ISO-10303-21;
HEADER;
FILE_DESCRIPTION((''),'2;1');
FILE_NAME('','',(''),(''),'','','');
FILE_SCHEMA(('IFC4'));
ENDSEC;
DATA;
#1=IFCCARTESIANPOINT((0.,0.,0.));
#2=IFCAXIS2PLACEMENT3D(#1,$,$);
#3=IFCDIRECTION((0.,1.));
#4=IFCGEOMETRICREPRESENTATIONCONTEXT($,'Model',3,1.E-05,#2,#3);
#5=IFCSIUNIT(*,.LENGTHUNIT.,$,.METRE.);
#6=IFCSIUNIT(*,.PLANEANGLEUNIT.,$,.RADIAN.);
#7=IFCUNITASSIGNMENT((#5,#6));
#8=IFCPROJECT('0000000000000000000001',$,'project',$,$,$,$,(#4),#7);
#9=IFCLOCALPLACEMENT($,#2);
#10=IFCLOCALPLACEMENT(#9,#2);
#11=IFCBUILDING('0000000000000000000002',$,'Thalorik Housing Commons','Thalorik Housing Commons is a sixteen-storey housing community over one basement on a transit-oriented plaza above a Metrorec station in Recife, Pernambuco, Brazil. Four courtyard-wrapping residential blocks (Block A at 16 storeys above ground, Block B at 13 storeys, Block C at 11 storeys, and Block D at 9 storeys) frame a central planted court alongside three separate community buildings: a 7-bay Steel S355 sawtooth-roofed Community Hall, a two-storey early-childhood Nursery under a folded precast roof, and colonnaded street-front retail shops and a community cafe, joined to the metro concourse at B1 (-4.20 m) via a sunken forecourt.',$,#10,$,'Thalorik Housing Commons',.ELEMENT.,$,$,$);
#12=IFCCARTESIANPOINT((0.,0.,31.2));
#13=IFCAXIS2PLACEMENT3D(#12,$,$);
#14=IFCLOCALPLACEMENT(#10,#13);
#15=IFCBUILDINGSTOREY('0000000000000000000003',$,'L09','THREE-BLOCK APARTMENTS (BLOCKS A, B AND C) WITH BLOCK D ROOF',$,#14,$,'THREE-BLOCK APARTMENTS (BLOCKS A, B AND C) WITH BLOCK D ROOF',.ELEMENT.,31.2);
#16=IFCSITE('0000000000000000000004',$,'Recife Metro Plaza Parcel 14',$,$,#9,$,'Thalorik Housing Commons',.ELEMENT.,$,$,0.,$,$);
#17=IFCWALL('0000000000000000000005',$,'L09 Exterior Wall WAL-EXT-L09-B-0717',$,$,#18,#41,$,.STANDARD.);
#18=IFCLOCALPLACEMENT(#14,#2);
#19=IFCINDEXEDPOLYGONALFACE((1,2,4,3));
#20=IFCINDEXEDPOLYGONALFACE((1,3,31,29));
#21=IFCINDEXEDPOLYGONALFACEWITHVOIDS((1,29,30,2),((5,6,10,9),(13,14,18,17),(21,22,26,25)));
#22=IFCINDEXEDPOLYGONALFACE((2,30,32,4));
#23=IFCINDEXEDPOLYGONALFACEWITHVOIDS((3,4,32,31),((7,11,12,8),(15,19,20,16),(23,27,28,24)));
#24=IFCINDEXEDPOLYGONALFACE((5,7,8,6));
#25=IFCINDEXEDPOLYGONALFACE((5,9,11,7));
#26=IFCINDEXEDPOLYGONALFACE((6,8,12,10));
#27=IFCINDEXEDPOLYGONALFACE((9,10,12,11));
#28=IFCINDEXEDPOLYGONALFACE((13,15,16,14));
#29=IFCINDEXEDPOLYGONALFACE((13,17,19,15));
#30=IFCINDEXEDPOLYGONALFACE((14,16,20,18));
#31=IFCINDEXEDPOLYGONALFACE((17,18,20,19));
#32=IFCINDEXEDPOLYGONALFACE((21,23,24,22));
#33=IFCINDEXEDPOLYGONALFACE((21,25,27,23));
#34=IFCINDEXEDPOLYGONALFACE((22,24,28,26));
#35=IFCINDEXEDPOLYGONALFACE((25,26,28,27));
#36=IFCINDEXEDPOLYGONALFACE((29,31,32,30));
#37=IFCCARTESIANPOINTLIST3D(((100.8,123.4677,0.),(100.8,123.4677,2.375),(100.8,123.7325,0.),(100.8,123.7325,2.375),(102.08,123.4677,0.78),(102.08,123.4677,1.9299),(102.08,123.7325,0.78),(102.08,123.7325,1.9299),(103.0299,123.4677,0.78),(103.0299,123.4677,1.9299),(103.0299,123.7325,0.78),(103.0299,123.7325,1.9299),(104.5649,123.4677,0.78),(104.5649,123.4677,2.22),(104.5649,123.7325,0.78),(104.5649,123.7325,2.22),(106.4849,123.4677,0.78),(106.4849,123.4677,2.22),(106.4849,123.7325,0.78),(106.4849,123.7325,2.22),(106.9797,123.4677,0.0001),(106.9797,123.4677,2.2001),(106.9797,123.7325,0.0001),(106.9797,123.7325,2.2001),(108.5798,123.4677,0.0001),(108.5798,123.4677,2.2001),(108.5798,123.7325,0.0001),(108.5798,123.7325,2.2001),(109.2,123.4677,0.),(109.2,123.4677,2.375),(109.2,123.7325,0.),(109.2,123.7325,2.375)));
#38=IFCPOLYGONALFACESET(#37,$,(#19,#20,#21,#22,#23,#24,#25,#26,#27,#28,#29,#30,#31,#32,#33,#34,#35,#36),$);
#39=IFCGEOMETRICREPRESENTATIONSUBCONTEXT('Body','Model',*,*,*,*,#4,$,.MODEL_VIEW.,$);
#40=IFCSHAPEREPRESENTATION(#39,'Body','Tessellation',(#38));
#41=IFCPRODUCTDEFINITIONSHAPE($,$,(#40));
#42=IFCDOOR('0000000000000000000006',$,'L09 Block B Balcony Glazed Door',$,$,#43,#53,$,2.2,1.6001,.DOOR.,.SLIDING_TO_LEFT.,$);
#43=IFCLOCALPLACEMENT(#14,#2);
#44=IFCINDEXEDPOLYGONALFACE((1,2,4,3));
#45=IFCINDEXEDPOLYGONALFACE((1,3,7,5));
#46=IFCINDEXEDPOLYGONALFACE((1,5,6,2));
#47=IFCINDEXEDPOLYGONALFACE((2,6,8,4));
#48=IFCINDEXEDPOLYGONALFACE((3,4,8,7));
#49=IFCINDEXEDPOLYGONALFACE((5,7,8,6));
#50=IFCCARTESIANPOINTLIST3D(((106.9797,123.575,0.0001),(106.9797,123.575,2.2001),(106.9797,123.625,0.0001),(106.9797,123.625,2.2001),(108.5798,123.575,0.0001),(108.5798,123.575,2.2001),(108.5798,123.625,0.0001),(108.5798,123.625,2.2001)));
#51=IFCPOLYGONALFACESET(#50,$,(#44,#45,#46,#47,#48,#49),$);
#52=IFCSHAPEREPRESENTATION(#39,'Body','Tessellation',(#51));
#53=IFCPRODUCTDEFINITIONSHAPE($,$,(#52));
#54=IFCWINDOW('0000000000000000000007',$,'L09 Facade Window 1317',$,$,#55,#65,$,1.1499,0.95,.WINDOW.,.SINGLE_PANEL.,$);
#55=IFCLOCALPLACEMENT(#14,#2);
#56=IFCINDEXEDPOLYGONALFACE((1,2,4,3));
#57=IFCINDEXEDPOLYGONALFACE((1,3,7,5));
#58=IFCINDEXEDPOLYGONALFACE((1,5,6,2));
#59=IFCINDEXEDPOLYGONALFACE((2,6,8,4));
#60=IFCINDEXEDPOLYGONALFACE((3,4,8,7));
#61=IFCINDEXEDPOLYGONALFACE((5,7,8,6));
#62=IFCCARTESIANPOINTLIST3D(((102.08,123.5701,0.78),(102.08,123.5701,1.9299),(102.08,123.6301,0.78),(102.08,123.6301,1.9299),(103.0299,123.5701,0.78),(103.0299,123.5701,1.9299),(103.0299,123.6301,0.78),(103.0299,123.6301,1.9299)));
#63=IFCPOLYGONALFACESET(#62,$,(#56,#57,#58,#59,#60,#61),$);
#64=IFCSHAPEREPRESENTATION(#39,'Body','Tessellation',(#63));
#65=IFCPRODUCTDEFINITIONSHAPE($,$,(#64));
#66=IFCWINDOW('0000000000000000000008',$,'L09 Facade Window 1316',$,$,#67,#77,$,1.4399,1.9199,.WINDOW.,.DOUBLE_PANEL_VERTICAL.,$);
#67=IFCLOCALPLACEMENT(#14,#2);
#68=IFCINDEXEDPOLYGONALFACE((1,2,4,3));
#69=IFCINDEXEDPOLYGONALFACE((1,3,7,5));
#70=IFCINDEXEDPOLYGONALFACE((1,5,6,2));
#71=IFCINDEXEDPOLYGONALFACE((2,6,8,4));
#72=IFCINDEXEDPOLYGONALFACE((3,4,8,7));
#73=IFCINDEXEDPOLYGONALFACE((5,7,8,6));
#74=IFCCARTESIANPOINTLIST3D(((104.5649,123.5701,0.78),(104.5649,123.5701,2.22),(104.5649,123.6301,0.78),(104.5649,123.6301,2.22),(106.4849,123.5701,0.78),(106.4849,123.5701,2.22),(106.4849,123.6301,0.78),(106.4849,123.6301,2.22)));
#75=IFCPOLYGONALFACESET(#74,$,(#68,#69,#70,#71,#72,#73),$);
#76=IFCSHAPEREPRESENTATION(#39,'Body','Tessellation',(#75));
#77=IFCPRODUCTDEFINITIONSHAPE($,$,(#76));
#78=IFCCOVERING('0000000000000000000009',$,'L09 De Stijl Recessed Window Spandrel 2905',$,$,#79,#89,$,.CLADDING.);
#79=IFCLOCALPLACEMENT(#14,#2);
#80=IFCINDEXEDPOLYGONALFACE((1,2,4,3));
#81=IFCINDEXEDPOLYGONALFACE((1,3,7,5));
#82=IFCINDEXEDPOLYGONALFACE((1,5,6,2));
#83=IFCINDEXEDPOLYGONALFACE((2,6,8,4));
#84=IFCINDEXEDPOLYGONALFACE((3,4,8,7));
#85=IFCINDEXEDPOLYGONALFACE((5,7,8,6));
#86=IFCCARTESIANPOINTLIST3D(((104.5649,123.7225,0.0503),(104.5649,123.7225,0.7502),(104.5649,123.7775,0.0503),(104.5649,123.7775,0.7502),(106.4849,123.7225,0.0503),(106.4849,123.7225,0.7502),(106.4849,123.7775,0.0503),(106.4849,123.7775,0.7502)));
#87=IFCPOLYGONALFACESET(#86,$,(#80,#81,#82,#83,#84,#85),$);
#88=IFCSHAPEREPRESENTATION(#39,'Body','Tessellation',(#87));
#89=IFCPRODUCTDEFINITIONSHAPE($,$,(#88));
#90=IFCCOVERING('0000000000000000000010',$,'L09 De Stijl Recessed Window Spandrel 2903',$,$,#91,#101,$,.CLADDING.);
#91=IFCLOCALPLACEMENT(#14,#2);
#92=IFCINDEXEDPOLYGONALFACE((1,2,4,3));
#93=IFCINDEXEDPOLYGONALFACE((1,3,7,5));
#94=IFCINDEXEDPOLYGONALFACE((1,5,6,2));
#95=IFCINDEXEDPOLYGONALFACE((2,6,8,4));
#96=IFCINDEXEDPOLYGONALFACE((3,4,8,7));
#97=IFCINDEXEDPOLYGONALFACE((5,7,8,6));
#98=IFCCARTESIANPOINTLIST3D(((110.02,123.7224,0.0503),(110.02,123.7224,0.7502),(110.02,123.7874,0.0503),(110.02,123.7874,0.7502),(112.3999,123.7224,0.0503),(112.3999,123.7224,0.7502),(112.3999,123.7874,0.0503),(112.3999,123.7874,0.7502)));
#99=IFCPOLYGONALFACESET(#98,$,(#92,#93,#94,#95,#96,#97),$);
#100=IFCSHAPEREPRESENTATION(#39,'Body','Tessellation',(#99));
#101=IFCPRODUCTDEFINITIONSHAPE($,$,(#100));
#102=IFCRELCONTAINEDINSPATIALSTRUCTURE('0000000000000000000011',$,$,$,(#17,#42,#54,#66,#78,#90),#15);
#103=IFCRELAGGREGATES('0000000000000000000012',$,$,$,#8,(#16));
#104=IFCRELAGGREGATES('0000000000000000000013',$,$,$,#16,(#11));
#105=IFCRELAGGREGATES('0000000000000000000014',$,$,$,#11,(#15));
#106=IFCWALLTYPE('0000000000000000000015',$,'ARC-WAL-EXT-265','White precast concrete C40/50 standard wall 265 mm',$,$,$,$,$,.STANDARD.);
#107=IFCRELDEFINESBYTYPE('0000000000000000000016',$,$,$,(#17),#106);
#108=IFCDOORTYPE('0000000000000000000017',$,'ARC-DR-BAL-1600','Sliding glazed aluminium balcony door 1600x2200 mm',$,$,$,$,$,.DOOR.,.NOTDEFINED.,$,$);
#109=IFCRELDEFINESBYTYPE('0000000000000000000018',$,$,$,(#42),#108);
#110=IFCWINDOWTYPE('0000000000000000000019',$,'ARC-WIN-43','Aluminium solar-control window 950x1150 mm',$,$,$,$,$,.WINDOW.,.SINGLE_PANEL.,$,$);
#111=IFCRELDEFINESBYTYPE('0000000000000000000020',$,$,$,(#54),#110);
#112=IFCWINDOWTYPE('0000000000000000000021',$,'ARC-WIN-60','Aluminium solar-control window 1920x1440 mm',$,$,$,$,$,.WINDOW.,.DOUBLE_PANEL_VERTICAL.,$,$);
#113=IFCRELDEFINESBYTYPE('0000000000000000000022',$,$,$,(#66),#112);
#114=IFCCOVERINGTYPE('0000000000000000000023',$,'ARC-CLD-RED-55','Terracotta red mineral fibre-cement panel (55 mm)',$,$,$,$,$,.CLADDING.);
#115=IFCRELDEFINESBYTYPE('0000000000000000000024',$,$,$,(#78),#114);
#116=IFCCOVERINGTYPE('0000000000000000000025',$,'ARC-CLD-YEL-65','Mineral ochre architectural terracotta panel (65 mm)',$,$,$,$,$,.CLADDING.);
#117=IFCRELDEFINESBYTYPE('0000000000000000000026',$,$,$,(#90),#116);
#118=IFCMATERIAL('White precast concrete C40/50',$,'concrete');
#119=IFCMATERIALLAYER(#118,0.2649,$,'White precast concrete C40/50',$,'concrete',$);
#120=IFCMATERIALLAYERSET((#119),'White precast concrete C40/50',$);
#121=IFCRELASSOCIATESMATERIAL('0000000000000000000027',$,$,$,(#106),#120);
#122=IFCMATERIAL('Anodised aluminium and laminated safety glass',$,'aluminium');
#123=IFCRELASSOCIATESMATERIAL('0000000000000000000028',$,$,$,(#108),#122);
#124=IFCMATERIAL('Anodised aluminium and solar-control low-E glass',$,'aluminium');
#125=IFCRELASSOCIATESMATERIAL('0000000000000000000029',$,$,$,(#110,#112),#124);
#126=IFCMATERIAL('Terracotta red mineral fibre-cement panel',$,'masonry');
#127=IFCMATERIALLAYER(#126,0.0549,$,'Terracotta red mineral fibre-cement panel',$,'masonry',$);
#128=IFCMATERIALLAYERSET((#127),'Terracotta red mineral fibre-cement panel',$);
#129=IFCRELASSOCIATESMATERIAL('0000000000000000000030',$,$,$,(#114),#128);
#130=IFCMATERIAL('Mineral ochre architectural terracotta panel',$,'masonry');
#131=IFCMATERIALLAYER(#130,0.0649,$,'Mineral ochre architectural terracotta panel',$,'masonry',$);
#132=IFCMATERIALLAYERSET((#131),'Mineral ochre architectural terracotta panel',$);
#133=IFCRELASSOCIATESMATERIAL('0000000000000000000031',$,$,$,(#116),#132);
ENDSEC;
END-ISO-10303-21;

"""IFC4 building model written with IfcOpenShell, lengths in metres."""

from ifc_helpers import new_model, si_unit, direction, frame, frame_2d, origin, origin_2d, place, context, subcontext, project, spatial, rectangle, extrude, material, layer, layer_set, type_object, element, fill, save


model = new_model("IFC4")

# Units and contexts
model_context = context("Model", 3, precision=1e-05, world=origin(), true_north=direction((0.0, 1.0)))
body_context = subcontext(model_context, "Body", "Model", "MODEL_VIEW")
ifc_project = project(units=[si_unit("LENGTHUNIT", "METRE"), si_unit("PLANEANGLEUNIT", "RADIAN")], contexts=[model_context])

# Site, building, storey
site_placement = place(None, origin())
site = spatial("IfcSite", under=ifc_project, at=site_placement, Name="Recife Metro Plaza Parcel 14", LongName="Thalorik Housing Commons", CompositionType="ELEMENT", RefElevation=0.0)
building_placement = place(site_placement, origin())
building = spatial("IfcBuilding", under=site, at=building_placement, Name="Thalorik Housing Commons", Description="Thalorik Housing Commons is a sixteen-storey housing community over one basement on a transit-oriented plaza above a Metrorec station in Recife, Pernambuco, Brazil. Four courtyard-wrapping residential blocks (Block A at 16 storeys above ground, Block B at 13 storeys, Block C at 11 storeys, and Block D at 9 storeys) frame a central planted court alongside three separate community buildings: a 7-bay Steel S355 sawtooth-roofed Community Hall, a two-storey early-childhood Nursery under a folded precast roof, and colonnaded street-front retail shops and a community cafe, joined to the metro concourse at B1 (-4.20 m) via a sunken forecourt.", LongName="Thalorik Housing Commons", CompositionType="ELEMENT")
storey_placement = place(building_placement, frame((0.0, 0.0, 31.2)))
storey = spatial("IfcBuildingStorey", under=building, at=storey_placement, Name="L09", Description="THREE-BLOCK APARTMENTS (BLOCKS A, B AND C) WITH BLOCK D ROOF", LongName="THREE-BLOCK APARTMENTS (BLOCKS A, B AND C) WITH BLOCK D ROOF", CompositionType="ELEMENT", Elevation=31.2)

# Shared definitions
ifc_material_1 = material(Name="White precast concrete C40/50", Category="concrete")
ifc_layer_1 = layer(ifc_material_1, 0.2649, Name="White precast concrete C40/50", Category="concrete")
ifc_layer_set_1 = layer_set([ifc_layer_1], Name="White precast concrete C40/50")
wall_type = type_object("IfcWallType", Name="ARC-WAL-EXT-265", Description="White precast concrete C40/50 standard wall 265 mm", PredefinedType="STANDARD", material=ifc_layer_set_1)
ifc_material_2 = material(Name="Anodised aluminium and laminated safety glass", Category="aluminium")
ifc_material_3 = material(Name="Anodised aluminium and solar-control low-E glass", Category="aluminium")

# Wall, openings, door, windows
wall_1_placement = place(storey_placement, frame((109.2, 123.6001, 0.0), z_axis=(0.0, 0.0, 1.0), x_axis=(-1.0, 0.0, 0.0)))
wall_1 = element("IfcWall", 1, at=wall_1_placement, inside=storey, type_object=wall_type, Name="L09 Exterior Wall WAL-EXT-L09-B-0717", PredefinedType="STANDARD", context=body_context, shape_type="SweptSolid", body=[
    extrude(rectangle(XDim=8.3999, YDim=0.2649, at=frame_2d((4.2, 0.0))), origin(), (0.0, 0.0, 1.0), 2.375),
])
opening_1_placement = place(wall_1_placement, frame((0.6201, 0.0, 0.0)))
opening_1 = element("IfcOpeningElement", 2, at=opening_1_placement, cuts=wall_1, PredefinedType="OPENING", context=body_context, shape_type="SweptSolid", body=[
    extrude(rectangle(XDim=1.6001, YDim=2.2, at=frame_2d((0.8, 1.1001))), frame((0.0, 0.1426, 0.0), z_axis=(0.0, -1.0, 0.0), x_axis=(1.0, 0.0, 0.0)), (0.0, 0.0, 1.0), 0.2849),
])
opening_2_placement = place(wall_1_placement, frame((2.7151, 0.0, 0.78)))
opening_2 = element("IfcOpeningElement", 3, at=opening_2_placement, cuts=wall_1, PredefinedType="OPENING", context=body_context, shape_type="SweptSolid", body=[
    extrude(rectangle(XDim=1.9199, YDim=1.4399, at=frame_2d((0.96, 0.72))), frame((0.0, 0.1426, 0.0), z_axis=(0.0, -1.0, 0.0), x_axis=(1.0, 0.0, 0.0)), (0.0, 0.0, 1.0), 0.2849),
])
opening_3_placement = place(wall_1_placement, frame((6.1699, 0.0, 0.78)))
opening_3 = element("IfcOpeningElement", 4, at=opening_3_placement, cuts=wall_1, PredefinedType="OPENING", context=body_context, shape_type="SweptSolid", body=[
    extrude(rectangle(XDim=0.95, YDim=1.1499, at=frame_2d((0.4751, 0.575))), frame((0.0, 0.1426, 0.0), z_axis=(0.0, -1.0, 0.0), x_axis=(1.0, 0.0, 0.0)), (0.0, 0.0, 1.0), 0.2849),
])
door_type_1 = type_object("IfcDoorType", Name="ARC-DR-BAL-1600", Description="Sliding glazed aluminium balcony door 1600x2200 mm", OperationType="NOTDEFINED", PredefinedType="DOOR", material=ifc_material_2)
door_1_placement = place(opening_1_placement, frame((1.6001, 0.0, 0.0), z_axis=(0.0, 0.0, 1.0), x_axis=(-1.0, 0.0, 0.0)))
door_1 = element("IfcDoor", 5, at=door_1_placement, inside=storey, type_object=door_type_1, Name="L09 Block B Balcony Glazed Door", OperationType="SLIDING_TO_LEFT", OverallHeight=2.2, OverallWidth=1.6001, PredefinedType="DOOR", context=body_context, shape_type="SweptSolid", body=[
    extrude(rectangle(XDim=1.6001, YDim=2.2, at=frame_2d((0.8, 1.1001))), frame((0.0, 0.0249, 0.0), z_axis=(0.0, -1.0, 0.0), x_axis=(1.0, 0.0, 0.0)), (0.0, 0.0, 1.0), 0.05),
])
fill(opening_1, door_1)
window_type_1 = type_object("IfcWindowType", Name="ARC-WIN-43", Description="Aluminium solar-control window 950x1150 mm", PartitioningType="SINGLE_PANEL", PredefinedType="WINDOW", material=ifc_material_3)
window_1_placement = place(opening_3_placement, origin())
window_1 = element("IfcWindow", 6, at=window_1_placement, inside=storey, type_object=window_type_1, Name="L09 Facade Window 1317", OverallHeight=1.1499, OverallWidth=0.95, PartitioningType="SINGLE_PANEL", PredefinedType="WINDOW", context=body_context, shape_type="SweptSolid", body=[
    extrude(rectangle(XDim=0.95, YDim=1.1499, at=frame_2d((0.4751, 0.575))), frame((0.0, 0.03, 0.0), z_axis=(0.0, -1.0, 0.0), x_axis=(1.0, 0.0, 0.0)), (0.0, 0.0, 1.0), 0.0601),
])
fill(opening_3, window_1)
window_type_2 = type_object("IfcWindowType", Name="ARC-WIN-60", Description="Aluminium solar-control window 1920x1440 mm", PartitioningType="DOUBLE_PANEL_VERTICAL", PredefinedType="WINDOW", material=ifc_material_3)
window_2_placement = place(opening_2_placement, origin())
window_2 = element("IfcWindow", 7, at=window_2_placement, inside=storey, type_object=window_type_2, Name="L09 Facade Window 1316", OverallHeight=1.4399, OverallWidth=1.9199, PartitioningType="DOUBLE_PANEL_VERTICAL", PredefinedType="WINDOW", context=body_context, shape_type="SweptSolid", body=[
    extrude(rectangle(XDim=1.9199, YDim=1.4399, at=frame_2d((0.96, 0.72))), frame((0.0, 0.03, 0.0), z_axis=(0.0, -1.0, 0.0), x_axis=(1.0, 0.0, 0.0)), (0.0, 0.0, 1.0), 0.0601),
])
fill(opening_2, window_2)

# Coverings
ifc_material_4 = material(Name="Terracotta red mineral fibre-cement panel", Category="masonry")
ifc_layer_2 = layer(ifc_material_4, 0.0549, Name="Terracotta red mineral fibre-cement panel", Category="masonry")
ifc_layer_set_2 = layer_set([ifc_layer_2], Name="Terracotta red mineral fibre-cement panel")
covering_type_1 = type_object("IfcCoveringType", Name="ARC-CLD-RED-55", Description="Terracotta red mineral fibre-cement panel (55 mm)", PredefinedType="CLADDING", material=ifc_layer_set_2)
covering_1_placement = place(storey_placement, frame((105.5249, 123.75, 0.0503), z_axis=(0.0, 0.0, 1.0), x_axis=(-1.0, 0.0, 0.0)))
element("IfcCovering", 8, at=covering_1_placement, inside=storey, type_object=covering_type_1, Name="L09 De Stijl Recessed Window Spandrel 2905", PredefinedType="CLADDING", context=body_context, shape_type="SweptSolid", body=[
    extrude(rectangle(XDim=1.9199, YDim=0.0549, at=origin_2d()), origin(), (0.0, 0.0, 1.0), 0.7),
])
ifc_material_5 = material(Name="Mineral ochre architectural terracotta panel", Category="masonry")
ifc_layer_3 = layer(ifc_material_5, 0.0649, Name="Mineral ochre architectural terracotta panel", Category="masonry")
ifc_layer_set_3 = layer_set([ifc_layer_3], Name="Mineral ochre architectural terracotta panel")
covering_type_2 = type_object("IfcCoveringType", Name="ARC-CLD-YEL-65", Description="Mineral ochre architectural terracotta panel (65 mm)", PredefinedType="CLADDING", material=ifc_layer_set_3)
covering_2_placement = place(storey_placement, frame((111.21, 123.7549, 0.0503), z_axis=(0.0, 0.0, 1.0), x_axis=(-1.0, 0.0, 0.0)))
element("IfcCovering", 9, at=covering_2_placement, inside=storey, type_object=covering_type_2, Name="L09 De Stijl Recessed Window Spandrel 2903", PredefinedType="CLADDING", context=body_context, shape_type="SweptSolid", body=[
    extrude(rectangle(XDim=2.3799, YDim=0.0649, at=origin_2d()), origin(), (0.0, 0.0, 1.0), 0.7),
])

save(model, "model.ifc")
